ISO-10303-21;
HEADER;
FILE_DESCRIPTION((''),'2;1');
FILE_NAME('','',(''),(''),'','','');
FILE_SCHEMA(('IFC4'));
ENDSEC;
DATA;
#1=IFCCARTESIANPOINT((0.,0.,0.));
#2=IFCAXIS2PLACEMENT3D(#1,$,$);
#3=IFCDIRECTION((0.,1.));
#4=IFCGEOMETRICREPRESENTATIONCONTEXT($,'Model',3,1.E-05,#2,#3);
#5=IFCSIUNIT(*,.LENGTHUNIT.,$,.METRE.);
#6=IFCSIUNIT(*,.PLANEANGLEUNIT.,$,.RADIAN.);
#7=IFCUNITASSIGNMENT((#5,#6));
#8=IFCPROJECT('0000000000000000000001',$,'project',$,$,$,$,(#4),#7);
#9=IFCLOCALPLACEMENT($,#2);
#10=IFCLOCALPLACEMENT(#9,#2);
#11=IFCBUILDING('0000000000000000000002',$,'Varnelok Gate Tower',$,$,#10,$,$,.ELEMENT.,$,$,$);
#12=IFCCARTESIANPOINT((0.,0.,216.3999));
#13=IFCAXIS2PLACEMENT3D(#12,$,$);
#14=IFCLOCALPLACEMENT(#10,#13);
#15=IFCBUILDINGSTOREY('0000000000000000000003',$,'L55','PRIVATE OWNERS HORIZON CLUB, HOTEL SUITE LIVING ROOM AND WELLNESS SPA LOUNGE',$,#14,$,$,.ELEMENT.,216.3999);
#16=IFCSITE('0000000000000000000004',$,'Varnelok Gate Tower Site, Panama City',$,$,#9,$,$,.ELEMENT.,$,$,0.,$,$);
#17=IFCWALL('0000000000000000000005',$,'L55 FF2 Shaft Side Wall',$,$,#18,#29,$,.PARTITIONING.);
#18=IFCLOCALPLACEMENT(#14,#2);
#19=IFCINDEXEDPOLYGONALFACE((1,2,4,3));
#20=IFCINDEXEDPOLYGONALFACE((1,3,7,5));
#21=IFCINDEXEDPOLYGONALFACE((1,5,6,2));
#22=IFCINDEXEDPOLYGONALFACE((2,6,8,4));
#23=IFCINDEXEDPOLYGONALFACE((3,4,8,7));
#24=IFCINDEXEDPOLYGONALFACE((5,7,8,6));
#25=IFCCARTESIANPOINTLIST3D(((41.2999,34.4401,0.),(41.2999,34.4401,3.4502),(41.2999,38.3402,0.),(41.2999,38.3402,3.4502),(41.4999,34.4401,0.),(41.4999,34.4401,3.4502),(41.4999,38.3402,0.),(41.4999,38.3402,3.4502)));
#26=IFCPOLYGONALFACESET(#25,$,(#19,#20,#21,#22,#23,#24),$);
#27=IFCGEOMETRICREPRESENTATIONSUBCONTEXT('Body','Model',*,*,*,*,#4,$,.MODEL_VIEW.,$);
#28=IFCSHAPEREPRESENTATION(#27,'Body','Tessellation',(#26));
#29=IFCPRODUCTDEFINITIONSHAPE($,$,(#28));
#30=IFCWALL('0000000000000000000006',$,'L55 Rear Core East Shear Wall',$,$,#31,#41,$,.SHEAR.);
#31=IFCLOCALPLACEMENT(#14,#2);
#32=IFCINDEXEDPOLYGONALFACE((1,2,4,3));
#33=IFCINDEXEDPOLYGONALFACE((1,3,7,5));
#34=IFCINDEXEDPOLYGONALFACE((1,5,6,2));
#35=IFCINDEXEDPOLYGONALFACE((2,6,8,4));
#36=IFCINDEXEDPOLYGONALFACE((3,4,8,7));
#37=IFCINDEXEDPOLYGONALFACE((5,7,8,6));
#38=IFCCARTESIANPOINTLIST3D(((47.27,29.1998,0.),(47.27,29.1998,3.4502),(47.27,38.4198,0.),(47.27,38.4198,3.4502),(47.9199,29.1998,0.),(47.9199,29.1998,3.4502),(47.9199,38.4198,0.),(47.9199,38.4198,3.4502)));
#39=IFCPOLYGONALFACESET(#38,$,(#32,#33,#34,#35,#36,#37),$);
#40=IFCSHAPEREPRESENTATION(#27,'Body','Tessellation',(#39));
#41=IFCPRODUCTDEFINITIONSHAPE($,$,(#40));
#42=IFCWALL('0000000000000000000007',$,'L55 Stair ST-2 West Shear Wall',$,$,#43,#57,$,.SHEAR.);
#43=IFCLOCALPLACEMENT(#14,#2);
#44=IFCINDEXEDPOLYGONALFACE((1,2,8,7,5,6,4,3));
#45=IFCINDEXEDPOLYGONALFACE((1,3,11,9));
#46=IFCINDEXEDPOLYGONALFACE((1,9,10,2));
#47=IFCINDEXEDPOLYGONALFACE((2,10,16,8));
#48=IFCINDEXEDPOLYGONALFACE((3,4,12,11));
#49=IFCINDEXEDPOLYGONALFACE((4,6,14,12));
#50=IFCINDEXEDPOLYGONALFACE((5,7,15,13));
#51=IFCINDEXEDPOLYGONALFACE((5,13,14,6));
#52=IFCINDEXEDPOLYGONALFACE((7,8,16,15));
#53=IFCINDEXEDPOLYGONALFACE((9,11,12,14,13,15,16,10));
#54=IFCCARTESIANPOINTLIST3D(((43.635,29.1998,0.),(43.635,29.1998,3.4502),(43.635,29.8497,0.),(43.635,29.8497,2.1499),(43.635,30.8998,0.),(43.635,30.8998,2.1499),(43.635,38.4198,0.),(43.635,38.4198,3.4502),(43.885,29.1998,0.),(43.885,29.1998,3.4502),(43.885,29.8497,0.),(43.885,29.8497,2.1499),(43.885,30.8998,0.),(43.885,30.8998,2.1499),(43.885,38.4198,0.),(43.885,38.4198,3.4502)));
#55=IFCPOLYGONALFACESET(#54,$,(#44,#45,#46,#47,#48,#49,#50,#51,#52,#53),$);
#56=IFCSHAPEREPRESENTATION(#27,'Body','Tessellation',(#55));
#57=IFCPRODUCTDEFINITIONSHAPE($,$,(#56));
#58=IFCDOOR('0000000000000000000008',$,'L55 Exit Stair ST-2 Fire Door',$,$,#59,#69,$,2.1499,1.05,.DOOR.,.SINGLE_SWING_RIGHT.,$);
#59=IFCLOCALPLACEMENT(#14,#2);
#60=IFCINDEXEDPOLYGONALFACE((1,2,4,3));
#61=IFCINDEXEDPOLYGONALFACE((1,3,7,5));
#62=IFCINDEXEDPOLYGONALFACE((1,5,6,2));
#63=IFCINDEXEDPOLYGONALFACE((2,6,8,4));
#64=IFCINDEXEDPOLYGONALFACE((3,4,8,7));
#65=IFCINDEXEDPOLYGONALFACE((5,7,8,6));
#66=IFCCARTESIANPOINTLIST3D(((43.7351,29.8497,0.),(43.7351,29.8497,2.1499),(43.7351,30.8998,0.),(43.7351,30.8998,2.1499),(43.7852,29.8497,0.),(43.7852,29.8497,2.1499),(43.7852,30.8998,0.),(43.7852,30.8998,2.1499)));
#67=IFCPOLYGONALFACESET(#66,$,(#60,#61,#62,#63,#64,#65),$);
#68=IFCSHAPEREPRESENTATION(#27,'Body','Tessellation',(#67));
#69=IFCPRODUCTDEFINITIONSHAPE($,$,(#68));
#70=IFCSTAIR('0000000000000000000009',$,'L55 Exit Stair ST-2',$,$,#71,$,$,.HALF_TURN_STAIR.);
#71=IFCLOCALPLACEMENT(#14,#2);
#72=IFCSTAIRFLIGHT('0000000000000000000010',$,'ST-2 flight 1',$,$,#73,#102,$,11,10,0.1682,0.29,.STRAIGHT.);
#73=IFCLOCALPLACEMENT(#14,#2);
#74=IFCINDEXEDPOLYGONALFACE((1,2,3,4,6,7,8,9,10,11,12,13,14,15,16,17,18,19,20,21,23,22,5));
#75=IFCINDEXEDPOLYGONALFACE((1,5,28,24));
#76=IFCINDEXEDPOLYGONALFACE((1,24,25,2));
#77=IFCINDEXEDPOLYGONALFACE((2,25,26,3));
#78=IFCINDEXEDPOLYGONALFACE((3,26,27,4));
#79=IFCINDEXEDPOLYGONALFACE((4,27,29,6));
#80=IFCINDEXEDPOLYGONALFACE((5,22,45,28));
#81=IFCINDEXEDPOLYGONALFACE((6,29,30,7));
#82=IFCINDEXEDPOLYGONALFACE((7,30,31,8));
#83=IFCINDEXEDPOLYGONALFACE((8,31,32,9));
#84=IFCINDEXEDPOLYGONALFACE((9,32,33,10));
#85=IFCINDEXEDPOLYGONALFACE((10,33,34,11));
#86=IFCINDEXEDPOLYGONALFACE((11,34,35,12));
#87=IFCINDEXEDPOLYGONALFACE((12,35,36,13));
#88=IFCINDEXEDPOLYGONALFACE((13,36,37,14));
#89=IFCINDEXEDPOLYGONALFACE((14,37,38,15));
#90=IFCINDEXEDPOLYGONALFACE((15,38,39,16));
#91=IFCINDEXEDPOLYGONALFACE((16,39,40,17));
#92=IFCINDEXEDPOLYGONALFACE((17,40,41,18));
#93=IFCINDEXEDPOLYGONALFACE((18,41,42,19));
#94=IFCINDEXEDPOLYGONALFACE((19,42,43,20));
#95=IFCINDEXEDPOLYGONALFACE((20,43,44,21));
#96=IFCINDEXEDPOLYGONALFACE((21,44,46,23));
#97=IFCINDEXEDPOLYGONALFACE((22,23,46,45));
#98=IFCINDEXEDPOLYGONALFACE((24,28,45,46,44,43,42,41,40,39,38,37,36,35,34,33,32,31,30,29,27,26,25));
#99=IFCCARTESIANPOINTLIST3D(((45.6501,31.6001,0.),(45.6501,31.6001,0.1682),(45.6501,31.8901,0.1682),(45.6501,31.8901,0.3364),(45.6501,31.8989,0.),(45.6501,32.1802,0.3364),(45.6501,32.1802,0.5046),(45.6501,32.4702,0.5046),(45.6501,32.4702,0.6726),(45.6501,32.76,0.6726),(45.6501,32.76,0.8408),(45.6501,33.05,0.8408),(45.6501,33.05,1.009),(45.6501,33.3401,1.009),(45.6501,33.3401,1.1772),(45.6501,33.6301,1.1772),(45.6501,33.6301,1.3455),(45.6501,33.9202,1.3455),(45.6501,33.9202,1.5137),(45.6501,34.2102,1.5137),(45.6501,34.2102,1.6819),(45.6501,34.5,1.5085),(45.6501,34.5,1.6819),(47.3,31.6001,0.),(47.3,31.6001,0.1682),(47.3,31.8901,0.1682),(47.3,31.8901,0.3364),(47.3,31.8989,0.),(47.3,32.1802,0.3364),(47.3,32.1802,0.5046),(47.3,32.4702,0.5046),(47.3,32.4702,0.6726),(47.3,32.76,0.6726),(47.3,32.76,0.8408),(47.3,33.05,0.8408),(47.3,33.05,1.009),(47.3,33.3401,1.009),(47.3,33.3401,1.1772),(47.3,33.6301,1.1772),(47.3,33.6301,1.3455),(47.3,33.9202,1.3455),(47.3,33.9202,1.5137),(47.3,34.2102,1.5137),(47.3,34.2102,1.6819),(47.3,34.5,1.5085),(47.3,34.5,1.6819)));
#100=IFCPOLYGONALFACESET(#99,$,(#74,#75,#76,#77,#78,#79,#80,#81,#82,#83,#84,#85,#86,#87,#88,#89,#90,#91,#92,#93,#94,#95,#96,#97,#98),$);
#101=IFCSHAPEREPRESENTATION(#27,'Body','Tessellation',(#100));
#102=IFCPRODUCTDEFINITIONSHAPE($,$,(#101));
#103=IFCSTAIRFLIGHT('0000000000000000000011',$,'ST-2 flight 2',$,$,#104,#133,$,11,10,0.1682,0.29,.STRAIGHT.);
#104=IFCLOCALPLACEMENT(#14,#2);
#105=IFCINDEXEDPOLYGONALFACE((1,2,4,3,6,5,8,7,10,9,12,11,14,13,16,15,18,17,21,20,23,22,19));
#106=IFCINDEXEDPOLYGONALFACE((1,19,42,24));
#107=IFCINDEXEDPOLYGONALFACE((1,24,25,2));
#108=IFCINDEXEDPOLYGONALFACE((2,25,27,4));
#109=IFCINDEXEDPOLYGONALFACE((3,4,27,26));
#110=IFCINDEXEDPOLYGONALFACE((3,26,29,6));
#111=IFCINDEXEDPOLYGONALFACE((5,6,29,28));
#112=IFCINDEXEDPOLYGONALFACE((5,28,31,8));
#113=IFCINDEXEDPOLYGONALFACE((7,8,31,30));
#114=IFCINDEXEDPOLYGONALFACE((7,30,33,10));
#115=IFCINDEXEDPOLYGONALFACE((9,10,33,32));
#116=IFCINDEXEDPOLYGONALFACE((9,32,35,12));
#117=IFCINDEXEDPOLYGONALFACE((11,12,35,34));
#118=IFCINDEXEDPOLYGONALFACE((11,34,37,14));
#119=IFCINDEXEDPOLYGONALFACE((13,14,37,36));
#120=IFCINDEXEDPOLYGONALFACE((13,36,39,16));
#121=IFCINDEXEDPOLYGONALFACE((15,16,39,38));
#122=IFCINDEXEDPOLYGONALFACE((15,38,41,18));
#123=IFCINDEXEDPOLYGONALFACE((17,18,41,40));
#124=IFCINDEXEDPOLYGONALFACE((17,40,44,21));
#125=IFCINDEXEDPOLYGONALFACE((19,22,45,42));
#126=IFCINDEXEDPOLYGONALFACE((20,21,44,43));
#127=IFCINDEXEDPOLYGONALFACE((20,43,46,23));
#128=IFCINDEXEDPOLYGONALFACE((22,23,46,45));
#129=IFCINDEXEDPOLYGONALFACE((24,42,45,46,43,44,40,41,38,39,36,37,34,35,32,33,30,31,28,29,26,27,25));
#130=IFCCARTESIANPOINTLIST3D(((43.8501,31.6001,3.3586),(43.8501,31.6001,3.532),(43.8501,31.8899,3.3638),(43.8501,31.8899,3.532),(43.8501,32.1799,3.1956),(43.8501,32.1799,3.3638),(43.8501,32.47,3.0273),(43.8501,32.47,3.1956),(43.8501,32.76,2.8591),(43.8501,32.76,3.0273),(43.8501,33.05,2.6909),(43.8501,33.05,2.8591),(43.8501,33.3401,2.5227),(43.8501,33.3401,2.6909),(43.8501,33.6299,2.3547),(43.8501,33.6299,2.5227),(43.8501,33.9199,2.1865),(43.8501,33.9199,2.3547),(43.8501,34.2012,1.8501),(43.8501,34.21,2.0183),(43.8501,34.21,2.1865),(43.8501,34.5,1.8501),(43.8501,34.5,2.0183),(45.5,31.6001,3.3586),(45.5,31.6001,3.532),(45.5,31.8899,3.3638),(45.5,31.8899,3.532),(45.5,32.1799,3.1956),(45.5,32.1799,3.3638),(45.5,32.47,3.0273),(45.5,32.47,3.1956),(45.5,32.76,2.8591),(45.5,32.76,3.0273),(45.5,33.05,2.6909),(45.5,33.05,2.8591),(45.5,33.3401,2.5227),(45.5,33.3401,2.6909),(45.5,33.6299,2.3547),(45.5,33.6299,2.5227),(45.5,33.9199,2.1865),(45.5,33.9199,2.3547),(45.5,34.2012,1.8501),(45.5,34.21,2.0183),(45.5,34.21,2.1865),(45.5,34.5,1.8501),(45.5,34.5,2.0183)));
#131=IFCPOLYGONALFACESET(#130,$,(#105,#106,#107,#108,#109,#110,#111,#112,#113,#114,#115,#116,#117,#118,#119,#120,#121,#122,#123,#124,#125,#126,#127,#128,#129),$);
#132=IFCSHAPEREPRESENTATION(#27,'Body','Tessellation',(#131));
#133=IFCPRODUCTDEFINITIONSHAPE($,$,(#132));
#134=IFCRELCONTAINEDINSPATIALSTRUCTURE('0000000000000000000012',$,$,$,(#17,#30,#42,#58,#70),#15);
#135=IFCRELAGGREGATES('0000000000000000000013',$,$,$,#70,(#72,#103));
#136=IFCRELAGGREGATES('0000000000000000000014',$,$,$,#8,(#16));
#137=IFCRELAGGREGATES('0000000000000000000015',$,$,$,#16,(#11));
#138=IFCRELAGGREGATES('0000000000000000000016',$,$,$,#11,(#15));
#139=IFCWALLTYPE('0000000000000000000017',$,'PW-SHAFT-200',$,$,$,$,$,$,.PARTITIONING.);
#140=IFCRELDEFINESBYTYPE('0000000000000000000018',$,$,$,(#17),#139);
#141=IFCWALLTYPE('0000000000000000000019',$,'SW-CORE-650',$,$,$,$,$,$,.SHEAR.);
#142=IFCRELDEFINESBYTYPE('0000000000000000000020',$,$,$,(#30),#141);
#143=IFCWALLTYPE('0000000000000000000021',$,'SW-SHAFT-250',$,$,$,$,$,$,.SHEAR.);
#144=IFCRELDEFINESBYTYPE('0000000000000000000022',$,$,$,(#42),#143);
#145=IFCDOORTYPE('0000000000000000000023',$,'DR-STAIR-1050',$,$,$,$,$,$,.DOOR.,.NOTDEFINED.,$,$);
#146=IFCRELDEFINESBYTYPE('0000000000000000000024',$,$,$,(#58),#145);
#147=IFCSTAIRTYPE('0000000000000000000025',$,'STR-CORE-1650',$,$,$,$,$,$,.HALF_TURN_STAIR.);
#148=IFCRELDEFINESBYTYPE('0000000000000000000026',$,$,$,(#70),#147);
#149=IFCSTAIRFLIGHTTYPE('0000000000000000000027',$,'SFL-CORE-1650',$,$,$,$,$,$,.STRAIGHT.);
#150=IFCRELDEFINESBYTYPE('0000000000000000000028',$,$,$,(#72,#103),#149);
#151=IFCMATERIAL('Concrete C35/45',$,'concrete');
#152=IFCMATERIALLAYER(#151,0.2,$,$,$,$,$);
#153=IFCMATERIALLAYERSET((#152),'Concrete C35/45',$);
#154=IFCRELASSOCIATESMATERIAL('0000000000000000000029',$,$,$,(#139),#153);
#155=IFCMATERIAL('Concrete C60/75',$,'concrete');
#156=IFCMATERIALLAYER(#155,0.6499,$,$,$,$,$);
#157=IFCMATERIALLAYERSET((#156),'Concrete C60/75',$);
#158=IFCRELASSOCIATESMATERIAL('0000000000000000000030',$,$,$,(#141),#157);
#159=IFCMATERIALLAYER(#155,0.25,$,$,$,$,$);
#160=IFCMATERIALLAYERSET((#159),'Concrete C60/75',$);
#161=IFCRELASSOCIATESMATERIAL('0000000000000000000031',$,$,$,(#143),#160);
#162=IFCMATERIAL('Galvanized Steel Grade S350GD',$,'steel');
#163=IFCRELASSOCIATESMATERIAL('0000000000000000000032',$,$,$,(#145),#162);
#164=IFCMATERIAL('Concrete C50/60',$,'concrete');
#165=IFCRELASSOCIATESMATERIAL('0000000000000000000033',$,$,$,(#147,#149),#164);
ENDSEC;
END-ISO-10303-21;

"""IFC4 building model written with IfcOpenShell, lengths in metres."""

from ifc_helpers import new_model, si_unit, direction, frame, frame_2d, origin, place, context, subcontext, project, spatial, polyline, rectangle, outline, extrude, material, layer, layer_set, type_object, element, fill, aggregate, save


model = new_model("IFC4")

# Units and contexts
model_context = context("Model", 3, precision=1e-05, world=origin(), true_north=direction((0.0, 1.0)))
body_context = subcontext(model_context, "Body", "Model", "MODEL_VIEW")
ifc_project = project(units=[si_unit("LENGTHUNIT", "METRE"), si_unit("PLANEANGLEUNIT", "RADIAN")], contexts=[model_context])

# Site, building, storey
site_placement = place(None, origin())
site = spatial("IfcSite", under=ifc_project, at=site_placement, Name="Varnelok Gate Tower Site, Panama City", CompositionType="ELEMENT", RefElevation=0.0)
building_placement = place(site_placement, origin())
building = spatial("IfcBuilding", under=site, at=building_placement, Name="Varnelok Gate Tower", CompositionType="ELEMENT")
storey_placement = place(building_placement, frame((0.0, 0.0, 216.3999)))
storey = spatial("IfcBuildingStorey", under=building, at=storey_placement, Name="L55", Description="PRIVATE OWNERS HORIZON CLUB, HOTEL SUITE LIVING ROOM AND WELLNESS SPA LOUNGE", CompositionType="ELEMENT", Elevation=216.3999)

# Shared definitions
ifc_material_1 = material(Name="Galvanized Steel Grade S350GD", Category="steel")

# Shared definitions
ifc_material_2 = material(Name="Concrete C35/45", Category="concrete")
ifc_layer_1 = layer(ifc_material_2, 0.2)
ifc_layer_set_1 = layer_set([ifc_layer_1], Name="Concrete C35/45")
wall_type_1 = type_object("IfcWallType", Name="PW-SHAFT-200", PredefinedType="PARTITIONING", material=ifc_layer_set_1)

# Walls
wall_1_placement = place(storey_placement, frame((41.3999, 34.4399, 0.0), z_axis=(0.0, 0.0, 1.0), x_axis=(0.0, 1.0, 0.0)))
element("IfcWall", 1, at=wall_1_placement, inside=storey, type_object=wall_type_1, Name="L55 FF2 Shaft Side Wall", PredefinedType="PARTITIONING", context=body_context, shape_type="SweptSolid", body=[
    extrude(rectangle(XDim=3.9001, YDim=0.2, at=frame_2d((1.9502, 0.0))), origin(), (0.0, 0.0, 1.0), 3.4502),
])
ifc_material_3 = material(Name="Concrete C60/75", Category="concrete")
ifc_layer_2 = layer(ifc_material_3, 0.6499)
ifc_layer_set_2 = layer_set([ifc_layer_2], Name="Concrete C60/75")
wall_type_2 = type_object("IfcWallType", Name="SW-CORE-650", PredefinedType="SHEAR", material=ifc_layer_set_2)
wall_2_placement = place(storey_placement, frame((47.595, 29.2, 0.0), z_axis=(0.0, 0.0, 1.0), x_axis=(0.0, 1.0, 0.0)))
element("IfcWall", 2, at=wall_2_placement, inside=storey, type_object=wall_type_2, Name="L55 Rear Core East Shear Wall", PredefinedType="SHEAR", context=body_context, shape_type="SweptSolid", body=[
    extrude(rectangle(XDim=9.22, YDim=0.6499, at=frame_2d((4.6099, 0.0))), origin(), (0.0, 0.0, 1.0), 3.4502),
])

# Wall, opening, door
ifc_layer_3 = layer(ifc_material_3, 0.25)
ifc_layer_set_3 = layer_set([ifc_layer_3], Name="Concrete C60/75")
wall_type_3 = type_object("IfcWallType", Name="SW-SHAFT-250", PredefinedType="SHEAR", material=ifc_layer_set_3)
wall_3_placement = place(storey_placement, frame((43.76, 29.2, 0.0), z_axis=(0.0, 0.0, 1.0), x_axis=(0.0, 1.0, 0.0)))
wall_3 = element("IfcWall", 3, at=wall_3_placement, inside=storey, type_object=wall_type_3, Name="L55 Stair ST-2 West Shear Wall", PredefinedType="SHEAR", context=body_context, shape_type="SweptSolid", body=[
    extrude(rectangle(XDim=9.22, YDim=0.25, at=frame_2d((4.6099, 0.0))), origin(), (0.0, 0.0, 1.0), 3.4502),
])
opening_1_placement = place(wall_3_placement, frame((0.6499, 0.0, 0.0)))
opening_1 = element("IfcOpeningElement", 4, at=opening_1_placement, cuts=wall_3, PredefinedType="OPENING", context=body_context, shape_type="SweptSolid", body=[
    extrude(rectangle(XDim=1.05, YDim=2.1499, at=frame_2d((0.5249, 1.075))), frame((0.0, 0.135, 0.0), z_axis=(0.0, -1.0, 0.0), x_axis=(1.0, 0.0, 0.0)), (0.0, 0.0, 1.0), 0.27),
])
door_type_1 = type_object("IfcDoorType", Name="DR-STAIR-1050", OperationType="NOTDEFINED", PredefinedType="DOOR", material=ifc_material_1)
door_1_placement = place(opening_1_placement, origin())
door_1 = element("IfcDoor", 5, at=door_1_placement, inside=storey, type_object=door_type_1, Name="L55 Exit Stair ST-2 Fire Door", OperationType="SINGLE_SWING_RIGHT", OverallHeight=2.1499, OverallWidth=1.05, PredefinedType="DOOR", context=body_context, shape_type="SweptSolid", body=[
    extrude(rectangle(XDim=1.05, YDim=2.1499, at=frame_2d((0.5249, 1.075))), frame((0.0, 0.0249, 0.0), z_axis=(0.0, -1.0, 0.0), x_axis=(1.0, 0.0, 0.0)), (0.0, 0.0, 1.0), 0.05),
])
fill(opening_1, door_1)

# Stair, stair flights
ifc_material_4 = material(Name="Concrete C50/60", Category="concrete")
stair_type = type_object("IfcStairType", Name="STR-CORE-1650", PredefinedType="HALF_TURN_STAIR", material=ifc_material_4)
stair_placement = place(storey_placement, origin())
stair = element("IfcStair", 6, at=stair_placement, inside=storey, type_object=stair_type, Name="L55 Exit Stair ST-2", PredefinedType="HALF_TURN_STAIR")
stair_flight_type = type_object("IfcStairFlightType", Name="SFL-CORE-1650", PredefinedType="STRAIGHT", material=ifc_material_4)
stair_flight_1_placement = place(storey_placement, frame((46.4751, 31.6001, 0.0), z_axis=(0.0, 0.0, 1.0), x_axis=(0.0, 1.0, 0.0)))
stair_flight_1 = element("IfcStairFlight", 7, at=stair_flight_1_placement, type_object=stair_flight_type, Name="ST-2 flight 1", NumberOfRisers=11, NumberOfTreads=10, PredefinedType="STRAIGHT", RiserHeight=0.1682, TreadLength=0.29, context=body_context, shape_type="SweptSolid", body=[
    extrude(outline(polyline([(0.0, 0.0), (0.0, 0.1682), (0.29, 0.1682), (0.29, 0.3364), (0.5801, 0.3364), (0.5801, 0.5046), (0.8701, 0.5046), (0.8701, 0.6726), (1.1599, 0.6726), (1.1599, 0.8408), (1.45, 0.8408), (1.45, 1.009), (1.74, 1.009), (1.74, 1.1772), (2.03, 1.1772), (2.03, 1.3455), (2.3201, 1.3455), (2.3201, 1.5137), (2.6101, 1.5137), (2.6101, 1.6819), (2.8999, 1.6819), (2.8999, 1.8501), (2.8999, 1.5085), (0.2988, 0.0), (0.0, 0.0)])), frame((0.0, 0.825, 0.0), z_axis=(0.0, -1.0, 0.0), x_axis=(1.0, 0.0, 0.0)), (0.0, 0.0, 1.0), 1.6499),
])
stair_flight_2_placement = place(storey_placement, frame((44.675, 34.5, 1.8501), z_axis=(0.0, 0.0, 1.0), x_axis=(0.0, -1.0, 0.0)))
stair_flight_2 = element("IfcStairFlight", 8, at=stair_flight_2_placement, type_object=stair_flight_type, Name="ST-2 flight 2", NumberOfRisers=11, NumberOfTreads=10, PredefinedType="STRAIGHT", RiserHeight=0.1682, TreadLength=0.29, context=body_context, shape_type="SweptSolid", body=[
    extrude(outline(polyline([(0.0, 0.0), (0.0, 0.1682), (0.29, 0.1682), (0.29, 0.3364), (0.5801, 0.3364), (0.5801, 0.5046), (0.8701, 0.5046), (0.8701, 0.6726), (1.1599, 0.6726), (1.1599, 0.8408), (1.45, 0.8408), (1.45, 1.009), (1.74, 1.009), (1.74, 1.1772), (2.03, 1.1772), (2.03, 1.3455), (2.3201, 1.3455), (2.3201, 1.5137), (2.6101, 1.5137), (2.6101, 1.6819), (2.8999, 1.6819), (2.8999, 1.8501), (2.8999, 1.5085), (0.2988, 0.0), (0.0, 0.0)])), frame((0.0, 0.825, 0.0), z_axis=(0.0, -1.0, 0.0), x_axis=(1.0, 0.0, 0.0)), (0.0, 0.0, 1.0), 1.6499),
])
aggregate(stair, [stair_flight_1, stair_flight_2])

save(model, "model.ifc")
